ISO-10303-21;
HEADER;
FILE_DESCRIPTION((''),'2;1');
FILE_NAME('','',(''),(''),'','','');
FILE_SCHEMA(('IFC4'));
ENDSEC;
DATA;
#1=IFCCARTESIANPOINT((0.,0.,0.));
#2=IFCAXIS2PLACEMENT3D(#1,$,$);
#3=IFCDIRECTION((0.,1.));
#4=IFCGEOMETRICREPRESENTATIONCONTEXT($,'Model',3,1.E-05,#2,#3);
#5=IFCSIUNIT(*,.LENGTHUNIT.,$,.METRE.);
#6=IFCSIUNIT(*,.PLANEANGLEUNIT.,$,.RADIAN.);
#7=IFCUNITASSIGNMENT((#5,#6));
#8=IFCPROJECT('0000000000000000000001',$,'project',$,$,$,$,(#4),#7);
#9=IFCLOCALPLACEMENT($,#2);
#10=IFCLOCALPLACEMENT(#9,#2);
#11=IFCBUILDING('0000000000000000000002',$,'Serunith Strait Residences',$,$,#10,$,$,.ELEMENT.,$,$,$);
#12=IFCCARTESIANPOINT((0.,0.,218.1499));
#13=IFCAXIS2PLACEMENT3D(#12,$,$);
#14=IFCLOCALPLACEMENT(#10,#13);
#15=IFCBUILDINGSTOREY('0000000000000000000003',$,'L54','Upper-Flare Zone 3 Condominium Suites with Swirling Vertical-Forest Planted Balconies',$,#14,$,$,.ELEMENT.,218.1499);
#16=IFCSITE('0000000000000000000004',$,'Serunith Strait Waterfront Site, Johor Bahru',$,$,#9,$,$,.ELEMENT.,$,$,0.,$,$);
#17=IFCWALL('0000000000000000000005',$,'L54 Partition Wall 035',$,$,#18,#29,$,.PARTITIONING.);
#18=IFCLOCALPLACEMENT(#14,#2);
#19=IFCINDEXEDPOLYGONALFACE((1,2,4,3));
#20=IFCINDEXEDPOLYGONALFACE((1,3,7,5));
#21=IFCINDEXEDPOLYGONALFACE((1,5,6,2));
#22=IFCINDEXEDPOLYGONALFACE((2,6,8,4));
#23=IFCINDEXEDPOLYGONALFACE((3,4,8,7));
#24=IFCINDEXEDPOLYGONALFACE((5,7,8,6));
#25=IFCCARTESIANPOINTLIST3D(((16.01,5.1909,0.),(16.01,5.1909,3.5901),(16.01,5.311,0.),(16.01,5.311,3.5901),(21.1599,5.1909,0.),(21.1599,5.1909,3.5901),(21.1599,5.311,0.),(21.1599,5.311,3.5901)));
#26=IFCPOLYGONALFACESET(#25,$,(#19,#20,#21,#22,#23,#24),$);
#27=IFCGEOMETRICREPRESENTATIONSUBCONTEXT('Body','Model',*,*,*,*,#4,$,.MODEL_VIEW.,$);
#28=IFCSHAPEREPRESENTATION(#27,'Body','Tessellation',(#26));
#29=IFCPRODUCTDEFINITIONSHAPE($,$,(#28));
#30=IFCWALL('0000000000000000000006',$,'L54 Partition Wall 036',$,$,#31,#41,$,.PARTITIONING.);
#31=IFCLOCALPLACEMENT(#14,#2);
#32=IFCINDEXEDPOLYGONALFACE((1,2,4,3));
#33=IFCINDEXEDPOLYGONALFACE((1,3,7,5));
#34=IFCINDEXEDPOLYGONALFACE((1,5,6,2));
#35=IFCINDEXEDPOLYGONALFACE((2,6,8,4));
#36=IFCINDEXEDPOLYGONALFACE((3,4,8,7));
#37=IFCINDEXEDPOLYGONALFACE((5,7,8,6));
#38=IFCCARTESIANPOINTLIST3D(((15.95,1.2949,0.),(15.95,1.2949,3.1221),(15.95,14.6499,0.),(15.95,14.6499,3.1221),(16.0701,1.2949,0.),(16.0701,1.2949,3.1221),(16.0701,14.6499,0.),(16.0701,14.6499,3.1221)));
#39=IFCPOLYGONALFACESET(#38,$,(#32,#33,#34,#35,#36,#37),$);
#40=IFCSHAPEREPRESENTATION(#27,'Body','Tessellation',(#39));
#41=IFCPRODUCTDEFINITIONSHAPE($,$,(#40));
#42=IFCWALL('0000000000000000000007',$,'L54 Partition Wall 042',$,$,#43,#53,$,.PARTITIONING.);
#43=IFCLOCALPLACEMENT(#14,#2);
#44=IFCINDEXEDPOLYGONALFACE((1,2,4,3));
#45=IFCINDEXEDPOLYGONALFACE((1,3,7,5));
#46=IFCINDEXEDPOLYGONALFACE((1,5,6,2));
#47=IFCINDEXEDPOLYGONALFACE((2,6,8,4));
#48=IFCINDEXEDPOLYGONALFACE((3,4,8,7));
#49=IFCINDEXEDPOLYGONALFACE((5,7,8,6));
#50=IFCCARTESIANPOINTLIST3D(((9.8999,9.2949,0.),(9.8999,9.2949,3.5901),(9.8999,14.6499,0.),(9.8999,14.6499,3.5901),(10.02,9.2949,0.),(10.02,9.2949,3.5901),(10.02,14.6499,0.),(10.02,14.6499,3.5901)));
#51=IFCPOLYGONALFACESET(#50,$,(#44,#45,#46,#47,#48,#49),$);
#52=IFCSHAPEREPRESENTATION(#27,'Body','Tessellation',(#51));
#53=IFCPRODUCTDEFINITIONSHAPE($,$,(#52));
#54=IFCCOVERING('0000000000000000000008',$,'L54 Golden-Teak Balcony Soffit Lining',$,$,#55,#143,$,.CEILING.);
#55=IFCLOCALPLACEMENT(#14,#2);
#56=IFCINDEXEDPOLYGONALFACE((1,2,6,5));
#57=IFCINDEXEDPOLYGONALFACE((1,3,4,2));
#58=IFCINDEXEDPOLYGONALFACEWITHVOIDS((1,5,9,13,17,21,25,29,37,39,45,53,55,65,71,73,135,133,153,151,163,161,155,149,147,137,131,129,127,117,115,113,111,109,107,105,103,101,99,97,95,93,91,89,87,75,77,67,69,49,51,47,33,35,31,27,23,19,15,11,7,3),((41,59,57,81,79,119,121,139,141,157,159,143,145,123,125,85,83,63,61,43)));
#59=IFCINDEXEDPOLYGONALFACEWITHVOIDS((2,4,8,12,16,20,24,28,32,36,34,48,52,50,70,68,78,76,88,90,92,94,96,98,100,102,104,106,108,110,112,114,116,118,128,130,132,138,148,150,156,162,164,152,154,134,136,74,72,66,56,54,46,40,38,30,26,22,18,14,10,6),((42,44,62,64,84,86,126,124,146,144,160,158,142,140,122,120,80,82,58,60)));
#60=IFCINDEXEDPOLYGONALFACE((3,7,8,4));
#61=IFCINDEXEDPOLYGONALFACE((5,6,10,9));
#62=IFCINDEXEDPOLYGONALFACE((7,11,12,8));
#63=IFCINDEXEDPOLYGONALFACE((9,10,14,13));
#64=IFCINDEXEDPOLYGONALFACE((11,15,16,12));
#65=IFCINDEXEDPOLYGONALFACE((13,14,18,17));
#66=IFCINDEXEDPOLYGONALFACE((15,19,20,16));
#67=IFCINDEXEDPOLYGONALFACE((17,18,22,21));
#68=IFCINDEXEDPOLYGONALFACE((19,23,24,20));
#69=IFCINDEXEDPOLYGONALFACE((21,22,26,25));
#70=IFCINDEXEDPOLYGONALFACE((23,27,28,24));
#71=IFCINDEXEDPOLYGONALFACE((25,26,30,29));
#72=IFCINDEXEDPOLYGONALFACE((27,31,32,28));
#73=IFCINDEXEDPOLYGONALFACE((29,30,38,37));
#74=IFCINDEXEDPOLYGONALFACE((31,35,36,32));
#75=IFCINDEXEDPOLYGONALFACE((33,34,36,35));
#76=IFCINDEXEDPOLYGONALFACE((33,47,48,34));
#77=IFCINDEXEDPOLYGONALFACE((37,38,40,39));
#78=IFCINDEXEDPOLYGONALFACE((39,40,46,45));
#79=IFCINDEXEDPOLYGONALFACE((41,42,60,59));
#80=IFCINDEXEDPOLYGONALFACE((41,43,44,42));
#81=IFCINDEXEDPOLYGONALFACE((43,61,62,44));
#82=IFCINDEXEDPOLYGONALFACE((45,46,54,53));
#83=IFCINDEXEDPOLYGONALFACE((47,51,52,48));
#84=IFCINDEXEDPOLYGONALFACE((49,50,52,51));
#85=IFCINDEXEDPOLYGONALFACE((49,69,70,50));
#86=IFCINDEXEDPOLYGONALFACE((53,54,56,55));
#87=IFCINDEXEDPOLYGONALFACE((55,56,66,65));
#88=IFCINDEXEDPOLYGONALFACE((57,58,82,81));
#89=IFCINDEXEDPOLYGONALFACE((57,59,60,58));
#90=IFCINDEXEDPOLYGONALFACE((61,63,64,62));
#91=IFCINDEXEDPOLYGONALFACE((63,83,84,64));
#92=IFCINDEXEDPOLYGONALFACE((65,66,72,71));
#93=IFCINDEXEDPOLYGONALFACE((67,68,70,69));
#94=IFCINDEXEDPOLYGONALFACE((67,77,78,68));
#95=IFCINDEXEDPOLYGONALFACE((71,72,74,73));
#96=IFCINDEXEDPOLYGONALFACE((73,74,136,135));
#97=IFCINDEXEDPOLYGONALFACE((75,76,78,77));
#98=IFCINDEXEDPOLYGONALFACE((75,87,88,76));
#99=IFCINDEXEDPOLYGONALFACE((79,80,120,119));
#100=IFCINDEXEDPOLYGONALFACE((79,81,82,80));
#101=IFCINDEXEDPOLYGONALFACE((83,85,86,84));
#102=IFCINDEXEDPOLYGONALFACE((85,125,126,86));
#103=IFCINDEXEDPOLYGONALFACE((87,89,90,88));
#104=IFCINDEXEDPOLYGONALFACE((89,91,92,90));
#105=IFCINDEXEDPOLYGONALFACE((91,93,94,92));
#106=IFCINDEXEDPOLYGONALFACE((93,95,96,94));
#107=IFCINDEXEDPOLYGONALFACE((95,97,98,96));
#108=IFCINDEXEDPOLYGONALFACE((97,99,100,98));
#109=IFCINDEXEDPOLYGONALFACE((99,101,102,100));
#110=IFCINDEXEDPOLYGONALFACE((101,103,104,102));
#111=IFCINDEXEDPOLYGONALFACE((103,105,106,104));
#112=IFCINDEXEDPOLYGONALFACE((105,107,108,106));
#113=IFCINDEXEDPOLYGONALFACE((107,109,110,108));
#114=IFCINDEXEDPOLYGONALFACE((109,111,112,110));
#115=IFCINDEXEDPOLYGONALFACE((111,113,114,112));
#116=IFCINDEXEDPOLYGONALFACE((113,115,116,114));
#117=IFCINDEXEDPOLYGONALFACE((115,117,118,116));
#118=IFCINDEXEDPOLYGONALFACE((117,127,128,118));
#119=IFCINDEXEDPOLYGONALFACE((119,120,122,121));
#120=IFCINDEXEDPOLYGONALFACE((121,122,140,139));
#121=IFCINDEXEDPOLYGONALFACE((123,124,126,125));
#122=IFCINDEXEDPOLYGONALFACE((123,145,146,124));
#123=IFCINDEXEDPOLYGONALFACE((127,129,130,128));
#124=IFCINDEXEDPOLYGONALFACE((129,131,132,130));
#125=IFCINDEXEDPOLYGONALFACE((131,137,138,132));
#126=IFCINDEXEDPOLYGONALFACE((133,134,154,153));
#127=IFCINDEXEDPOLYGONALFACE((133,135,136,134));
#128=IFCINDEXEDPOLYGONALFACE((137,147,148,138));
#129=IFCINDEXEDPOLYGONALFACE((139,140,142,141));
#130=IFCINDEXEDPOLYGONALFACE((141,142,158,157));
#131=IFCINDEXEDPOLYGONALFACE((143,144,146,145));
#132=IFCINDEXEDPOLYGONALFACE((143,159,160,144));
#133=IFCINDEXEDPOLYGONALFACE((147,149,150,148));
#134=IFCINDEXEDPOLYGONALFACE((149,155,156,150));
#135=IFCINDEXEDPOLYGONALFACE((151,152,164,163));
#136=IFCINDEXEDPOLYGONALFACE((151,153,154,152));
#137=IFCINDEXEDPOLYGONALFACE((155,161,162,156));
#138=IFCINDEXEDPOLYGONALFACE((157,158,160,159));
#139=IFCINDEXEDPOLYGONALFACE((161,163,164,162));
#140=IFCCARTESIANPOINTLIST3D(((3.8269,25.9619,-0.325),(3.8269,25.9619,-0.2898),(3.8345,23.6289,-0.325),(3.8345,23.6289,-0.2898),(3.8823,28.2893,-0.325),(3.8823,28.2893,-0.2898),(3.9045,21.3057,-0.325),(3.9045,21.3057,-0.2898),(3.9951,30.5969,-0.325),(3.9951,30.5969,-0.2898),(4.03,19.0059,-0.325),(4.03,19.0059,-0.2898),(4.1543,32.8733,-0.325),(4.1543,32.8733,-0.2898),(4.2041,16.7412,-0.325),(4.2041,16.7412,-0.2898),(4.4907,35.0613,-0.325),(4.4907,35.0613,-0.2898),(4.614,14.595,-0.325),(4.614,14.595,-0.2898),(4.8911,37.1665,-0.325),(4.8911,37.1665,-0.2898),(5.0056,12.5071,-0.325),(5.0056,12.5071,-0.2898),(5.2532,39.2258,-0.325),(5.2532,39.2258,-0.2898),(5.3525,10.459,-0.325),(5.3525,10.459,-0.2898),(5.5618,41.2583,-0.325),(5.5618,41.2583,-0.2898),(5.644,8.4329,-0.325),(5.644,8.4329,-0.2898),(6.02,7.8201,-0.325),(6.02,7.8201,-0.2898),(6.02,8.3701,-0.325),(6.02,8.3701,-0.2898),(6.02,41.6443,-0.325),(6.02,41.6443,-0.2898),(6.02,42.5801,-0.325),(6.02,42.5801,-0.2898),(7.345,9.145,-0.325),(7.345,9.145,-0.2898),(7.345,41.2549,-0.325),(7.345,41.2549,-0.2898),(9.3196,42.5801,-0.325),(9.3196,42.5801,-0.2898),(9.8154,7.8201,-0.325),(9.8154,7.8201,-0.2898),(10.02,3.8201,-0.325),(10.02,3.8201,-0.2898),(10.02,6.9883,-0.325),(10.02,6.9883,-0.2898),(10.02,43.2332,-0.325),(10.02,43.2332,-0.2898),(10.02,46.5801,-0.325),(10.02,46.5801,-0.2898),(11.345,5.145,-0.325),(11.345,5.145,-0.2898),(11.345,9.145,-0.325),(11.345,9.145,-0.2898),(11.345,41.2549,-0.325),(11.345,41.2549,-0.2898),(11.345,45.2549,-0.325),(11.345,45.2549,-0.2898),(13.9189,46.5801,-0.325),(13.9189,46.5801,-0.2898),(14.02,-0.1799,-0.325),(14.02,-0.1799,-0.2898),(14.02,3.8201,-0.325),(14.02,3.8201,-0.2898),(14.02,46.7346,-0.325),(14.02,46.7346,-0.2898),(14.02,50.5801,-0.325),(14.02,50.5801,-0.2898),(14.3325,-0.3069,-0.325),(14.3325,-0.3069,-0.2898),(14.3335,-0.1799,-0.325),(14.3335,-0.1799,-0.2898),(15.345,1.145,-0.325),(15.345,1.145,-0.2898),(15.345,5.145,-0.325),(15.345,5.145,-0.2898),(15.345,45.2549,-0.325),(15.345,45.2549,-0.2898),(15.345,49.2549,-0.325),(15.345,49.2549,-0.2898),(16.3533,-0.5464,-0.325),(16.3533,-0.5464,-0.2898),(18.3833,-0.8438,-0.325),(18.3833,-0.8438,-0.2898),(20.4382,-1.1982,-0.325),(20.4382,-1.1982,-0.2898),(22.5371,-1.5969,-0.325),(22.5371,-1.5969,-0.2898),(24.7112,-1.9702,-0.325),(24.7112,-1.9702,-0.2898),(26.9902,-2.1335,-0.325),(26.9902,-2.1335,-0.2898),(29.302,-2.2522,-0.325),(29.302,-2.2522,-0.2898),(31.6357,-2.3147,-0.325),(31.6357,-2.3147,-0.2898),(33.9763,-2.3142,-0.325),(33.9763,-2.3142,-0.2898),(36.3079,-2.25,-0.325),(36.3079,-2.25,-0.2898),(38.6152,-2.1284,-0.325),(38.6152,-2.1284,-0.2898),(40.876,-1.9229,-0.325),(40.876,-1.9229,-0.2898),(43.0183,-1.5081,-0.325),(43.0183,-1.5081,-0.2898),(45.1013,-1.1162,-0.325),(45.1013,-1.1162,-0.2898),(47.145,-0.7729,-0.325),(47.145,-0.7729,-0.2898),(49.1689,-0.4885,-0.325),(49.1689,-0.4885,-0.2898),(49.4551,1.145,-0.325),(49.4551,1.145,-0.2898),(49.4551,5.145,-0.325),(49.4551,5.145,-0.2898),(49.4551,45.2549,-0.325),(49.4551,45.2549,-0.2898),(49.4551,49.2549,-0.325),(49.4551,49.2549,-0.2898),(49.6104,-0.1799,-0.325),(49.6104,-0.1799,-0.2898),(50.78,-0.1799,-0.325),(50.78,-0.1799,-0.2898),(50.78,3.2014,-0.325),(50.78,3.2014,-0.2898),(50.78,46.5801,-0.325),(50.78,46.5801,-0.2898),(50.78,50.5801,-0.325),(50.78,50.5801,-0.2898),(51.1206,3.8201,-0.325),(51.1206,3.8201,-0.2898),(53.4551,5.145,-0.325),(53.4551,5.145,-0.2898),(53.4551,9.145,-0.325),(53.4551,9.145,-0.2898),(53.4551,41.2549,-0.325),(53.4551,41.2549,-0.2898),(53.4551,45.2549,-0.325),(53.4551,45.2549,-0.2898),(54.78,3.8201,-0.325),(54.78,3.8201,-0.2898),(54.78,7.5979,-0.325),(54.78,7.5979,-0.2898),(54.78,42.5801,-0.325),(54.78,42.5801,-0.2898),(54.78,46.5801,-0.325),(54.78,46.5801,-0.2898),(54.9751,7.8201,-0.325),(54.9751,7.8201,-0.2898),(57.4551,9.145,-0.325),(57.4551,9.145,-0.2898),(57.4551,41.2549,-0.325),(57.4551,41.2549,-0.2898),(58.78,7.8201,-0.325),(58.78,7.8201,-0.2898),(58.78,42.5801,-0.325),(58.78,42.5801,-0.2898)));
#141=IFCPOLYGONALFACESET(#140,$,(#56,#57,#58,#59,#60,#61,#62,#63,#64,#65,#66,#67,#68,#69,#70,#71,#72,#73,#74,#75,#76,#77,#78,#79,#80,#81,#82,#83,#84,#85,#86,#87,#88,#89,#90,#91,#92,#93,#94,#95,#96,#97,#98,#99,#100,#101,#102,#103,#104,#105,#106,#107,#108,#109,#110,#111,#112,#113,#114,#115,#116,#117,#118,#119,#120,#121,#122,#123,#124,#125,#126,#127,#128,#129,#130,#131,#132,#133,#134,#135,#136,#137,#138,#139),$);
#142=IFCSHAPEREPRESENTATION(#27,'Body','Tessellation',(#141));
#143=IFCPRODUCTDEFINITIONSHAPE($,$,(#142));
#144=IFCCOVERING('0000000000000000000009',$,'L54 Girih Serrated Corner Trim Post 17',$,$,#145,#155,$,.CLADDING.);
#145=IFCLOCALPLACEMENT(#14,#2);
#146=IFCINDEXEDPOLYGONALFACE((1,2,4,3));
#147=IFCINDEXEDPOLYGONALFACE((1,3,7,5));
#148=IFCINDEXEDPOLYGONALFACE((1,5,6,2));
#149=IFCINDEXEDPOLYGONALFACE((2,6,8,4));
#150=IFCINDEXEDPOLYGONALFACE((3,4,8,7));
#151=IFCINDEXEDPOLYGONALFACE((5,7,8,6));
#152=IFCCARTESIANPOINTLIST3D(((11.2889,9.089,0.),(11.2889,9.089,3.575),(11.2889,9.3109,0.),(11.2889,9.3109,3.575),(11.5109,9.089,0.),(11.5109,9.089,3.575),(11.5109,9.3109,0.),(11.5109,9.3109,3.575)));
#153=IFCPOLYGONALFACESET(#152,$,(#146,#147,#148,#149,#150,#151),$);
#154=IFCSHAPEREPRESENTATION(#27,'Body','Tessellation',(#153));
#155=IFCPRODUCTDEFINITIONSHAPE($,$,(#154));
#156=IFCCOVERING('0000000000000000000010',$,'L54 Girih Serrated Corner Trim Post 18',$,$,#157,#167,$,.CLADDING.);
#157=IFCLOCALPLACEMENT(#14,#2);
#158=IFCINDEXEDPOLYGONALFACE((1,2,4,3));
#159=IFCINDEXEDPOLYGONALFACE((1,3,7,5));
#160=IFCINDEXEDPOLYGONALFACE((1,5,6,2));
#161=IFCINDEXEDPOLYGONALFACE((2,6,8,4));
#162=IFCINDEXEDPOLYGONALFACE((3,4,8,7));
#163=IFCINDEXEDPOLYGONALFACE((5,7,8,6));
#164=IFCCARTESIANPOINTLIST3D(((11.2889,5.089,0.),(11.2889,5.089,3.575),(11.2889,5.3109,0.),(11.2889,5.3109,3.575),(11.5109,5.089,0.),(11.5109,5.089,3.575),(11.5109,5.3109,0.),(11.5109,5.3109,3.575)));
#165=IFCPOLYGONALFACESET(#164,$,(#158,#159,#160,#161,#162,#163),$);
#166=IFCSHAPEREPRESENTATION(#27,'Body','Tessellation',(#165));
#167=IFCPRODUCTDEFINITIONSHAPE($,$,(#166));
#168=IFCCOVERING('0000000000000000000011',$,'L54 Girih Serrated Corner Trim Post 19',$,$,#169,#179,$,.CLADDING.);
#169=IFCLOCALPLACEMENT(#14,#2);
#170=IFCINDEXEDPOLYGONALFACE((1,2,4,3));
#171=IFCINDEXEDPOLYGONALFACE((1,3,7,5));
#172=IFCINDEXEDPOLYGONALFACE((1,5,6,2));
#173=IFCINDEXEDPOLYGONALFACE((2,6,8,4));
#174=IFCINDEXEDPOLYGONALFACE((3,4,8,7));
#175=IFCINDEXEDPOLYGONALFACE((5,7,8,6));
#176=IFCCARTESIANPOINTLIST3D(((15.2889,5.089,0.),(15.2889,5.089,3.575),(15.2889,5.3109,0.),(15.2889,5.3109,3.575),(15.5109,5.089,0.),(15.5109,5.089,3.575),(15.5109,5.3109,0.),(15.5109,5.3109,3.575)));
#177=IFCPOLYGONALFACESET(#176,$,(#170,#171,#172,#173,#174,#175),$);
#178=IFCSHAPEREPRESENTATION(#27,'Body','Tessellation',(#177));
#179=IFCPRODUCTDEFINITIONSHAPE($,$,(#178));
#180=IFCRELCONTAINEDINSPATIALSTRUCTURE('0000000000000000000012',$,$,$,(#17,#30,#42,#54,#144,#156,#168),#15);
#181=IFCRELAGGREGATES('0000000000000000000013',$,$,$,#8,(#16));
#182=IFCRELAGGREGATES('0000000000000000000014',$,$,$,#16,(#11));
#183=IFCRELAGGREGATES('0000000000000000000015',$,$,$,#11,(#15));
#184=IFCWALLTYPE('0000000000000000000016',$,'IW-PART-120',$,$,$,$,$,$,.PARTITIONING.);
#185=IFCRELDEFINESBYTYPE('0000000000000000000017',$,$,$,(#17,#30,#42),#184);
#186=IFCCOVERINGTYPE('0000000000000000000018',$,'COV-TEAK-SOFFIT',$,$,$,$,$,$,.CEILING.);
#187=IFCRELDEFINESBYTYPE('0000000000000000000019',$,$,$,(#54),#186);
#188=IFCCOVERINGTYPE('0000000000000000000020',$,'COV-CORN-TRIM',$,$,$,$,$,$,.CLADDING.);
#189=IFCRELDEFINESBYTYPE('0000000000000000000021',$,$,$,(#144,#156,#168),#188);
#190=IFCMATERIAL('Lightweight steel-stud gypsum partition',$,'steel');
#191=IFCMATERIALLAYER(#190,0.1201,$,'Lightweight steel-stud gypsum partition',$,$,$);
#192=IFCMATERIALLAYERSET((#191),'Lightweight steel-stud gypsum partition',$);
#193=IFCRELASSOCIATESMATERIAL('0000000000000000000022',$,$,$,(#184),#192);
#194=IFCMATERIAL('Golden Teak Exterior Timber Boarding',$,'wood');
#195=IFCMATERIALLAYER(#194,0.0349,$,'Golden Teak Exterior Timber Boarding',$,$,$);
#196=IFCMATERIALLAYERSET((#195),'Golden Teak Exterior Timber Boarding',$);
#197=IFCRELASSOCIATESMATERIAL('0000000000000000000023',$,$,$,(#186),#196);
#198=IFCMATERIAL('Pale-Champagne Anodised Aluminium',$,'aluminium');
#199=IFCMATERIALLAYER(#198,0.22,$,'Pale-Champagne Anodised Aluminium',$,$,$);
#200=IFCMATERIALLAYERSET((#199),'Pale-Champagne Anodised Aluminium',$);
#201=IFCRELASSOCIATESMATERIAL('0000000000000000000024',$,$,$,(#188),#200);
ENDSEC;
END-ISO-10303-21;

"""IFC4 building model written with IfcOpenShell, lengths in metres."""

from ifc_helpers import new_model, si_unit, direction, frame, frame_2d, origin, origin_2d, place, context, subcontext, project, spatial, polyline, rectangle, outline, extrude, source, transform, mapped, material, layer, layer_set, type_object, element, save


model = new_model("IFC4")

# Units and contexts
model_context = context("Model", 3, precision=1e-05, world=origin(), true_north=direction((0.0, 1.0)))
body_context = subcontext(model_context, "Body", "Model", "MODEL_VIEW")
ifc_project = project(units=[si_unit("LENGTHUNIT", "METRE"), si_unit("PLANEANGLEUNIT", "RADIAN")], contexts=[model_context])

# Site, building, storey
site_placement = place(None, origin())
site = spatial("IfcSite", under=ifc_project, at=site_placement, Name="Serunith Strait Waterfront Site, Johor Bahru", CompositionType="ELEMENT", RefElevation=0.0)
building_placement = place(site_placement, origin())
building = spatial("IfcBuilding", under=site, at=building_placement, Name="Serunith Strait Residences", CompositionType="ELEMENT")
storey_placement = place(building_placement, frame((0.0, 0.0, 218.1499)))
storey = spatial("IfcBuildingStorey", under=building, at=storey_placement, Name="L54", Description="Upper-Flare Zone 3 Condominium Suites with Swirling Vertical-Forest Planted Balconies", CompositionType="ELEMENT", Elevation=218.1499)

# Shared definitions
ifc_material_1 = material(Name="Pale-Champagne Anodised Aluminium", Category="aluminium")

# Walls
ifc_material_2 = material(Name="Lightweight steel-stud gypsum partition", Category="steel")
ifc_layer_1 = layer(ifc_material_2, 0.1201, Name="Lightweight steel-stud gypsum partition")
ifc_layer_set_1 = layer_set([ifc_layer_1], Name="Lightweight steel-stud gypsum partition")
wall_type_1 = type_object("IfcWallType", Name="IW-PART-120", PredefinedType="PARTITIONING", material=ifc_layer_set_1)
wall_1_placement = place(storey_placement, frame((16.01, 5.251, 0.0), z_axis=(0.0, 0.0, 1.0), x_axis=(1.0, 0.0, 0.0)))
element("IfcWall", 1, at=wall_1_placement, inside=storey, type_object=wall_type_1, Name="L54 Partition Wall 035", PredefinedType="PARTITIONING", context=body_context, shape_type="SweptSolid", body=[
    extrude(rectangle(XDim=5.1499, YDim=0.1201, at=frame_2d((2.575, 0.0))), origin(), (0.0, 0.0, 1.0), 3.5901),
])
wall_2_placement = place(storey_placement, frame((16.01, 1.2949, 0.0), z_axis=(0.0, 0.0, 1.0), x_axis=(0.0, 1.0, 0.0)))
element("IfcWall", 2, at=wall_2_placement, inside=storey, type_object=wall_type_1, Name="L54 Partition Wall 036", PredefinedType="PARTITIONING", context=body_context, shape_type="SweptSolid", body=[
    extrude(rectangle(XDim=13.355, YDim=0.1201, at=frame_2d((6.6775, 0.0))), origin(), (0.0, 0.0, 1.0), 3.1221),
])
wall_3_placement = place(storey_placement, frame((9.96, 9.2949, 0.0), z_axis=(0.0, 0.0, 1.0), x_axis=(0.0, 1.0, 0.0)))
element("IfcWall", 3, at=wall_3_placement, inside=storey, type_object=wall_type_1, Name="L54 Partition Wall 042", PredefinedType="PARTITIONING", context=body_context, shape_type="SweptSolid", body=[
    extrude(rectangle(XDim=5.355, YDim=0.1201, at=frame_2d((2.6775, 0.0))), origin(), (0.0, 0.0, 1.0), 3.5901),
])

# Covering
ifc_material_3 = material(Name="Golden Teak Exterior Timber Boarding", Category="wood")
ifc_layer_2 = layer(ifc_material_3, 0.0349, Name="Golden Teak Exterior Timber Boarding")
ifc_layer_set_2 = layer_set([ifc_layer_2], Name="Golden Teak Exterior Timber Boarding")
covering_type_1 = type_object("IfcCoveringType", Name="COV-TEAK-SOFFIT", PredefinedType="CEILING", material=ifc_layer_set_2)
covering_placement = place(storey_placement, frame((0.0, 0.0, -0.325)))
element("IfcCovering", 4, at=covering_placement, inside=storey, type_object=covering_type_1, Name="L54 Golden-Teak Balcony Soffit Lining", PredefinedType="CEILING", context=body_context, shape_type="SweptSolid", body=[
    extrude(outline(polyline([(14.02, -0.1799), (14.02, 3.8201), (10.02, 3.8201), (10.02, 6.9883), (9.8154, 7.8201), (6.02, 7.8201), (6.02, 8.3701), (5.644, 8.4329), (5.3525, 10.459), (5.0056, 12.5071), (4.614, 14.595), (4.2041, 16.7412), (4.03, 19.0059), (3.9045, 21.3057), (3.8345, 23.6289), (3.8269, 25.9619), (3.8823, 28.2893), (3.9951, 30.5969), (4.1543, 32.8733), (4.4907, 35.0613), (4.8911, 37.1665), (5.2532, 39.2258), (5.5618, 41.2583), (6.02, 41.6443), (6.02, 42.5801), (9.3196, 42.5801), (10.02, 43.2332), (10.02, 46.5801), (13.9189, 46.5801), (14.02, 46.7346), (14.02, 50.5801), (50.78, 50.5801), (50.78, 46.5801), (54.78, 46.5801), (54.78, 42.5801), (58.78, 42.5801), (58.78, 7.8201), (54.9751, 7.8201), (54.78, 7.5979), (54.78, 3.8201), (51.1206, 3.8201), (50.78, 3.2014), (50.78, -0.1799), (49.6104, -0.1799), (49.1689, -0.4885), (47.145, -0.7729), (45.1013, -1.1162), (43.0183, -1.5081), (40.876, -1.9229), (38.6152, -2.1284), (36.3079, -2.25), (33.9763, -2.3142), (31.6357, -2.3147), (29.302, -2.2522), (26.9902, -2.1335), (24.7112, -1.9702), (22.5371, -1.5969), (20.4382, -1.1982), (18.3833, -0.8438), (16.3533, -0.5464), (14.3325, -0.3069), (14.3335, -0.1799), (14.02, -0.1799)]), holes=[polyline([(49.4551, 1.145), (49.4551, 5.145), (53.4551, 5.145), (53.4551, 9.145), (57.4551, 9.145), (57.4551, 41.2549), (53.4551, 41.2549), (53.4551, 45.2549), (49.4551, 45.2549), (49.4551, 49.2549), (15.345, 49.2549), (15.345, 45.2549), (11.345, 45.2549), (11.345, 41.2549), (7.345, 41.2549), (7.345, 9.145), (11.345, 9.145), (11.345, 5.145), (15.345, 5.145), (15.345, 1.145), (49.4551, 1.145)])]), origin(), (0.0, 0.0, 1.0), 0.0352),
])

# Coverings
ifc_layer_3 = layer(ifc_material_1, 0.22, Name="Pale-Champagne Anodised Aluminium")
ifc_layer_set_3 = layer_set([ifc_layer_3], Name="Pale-Champagne Anodised Aluminium")
covering_type_2 = type_object("IfcCoveringType", Name="COV-CORN-TRIM", PredefinedType="CLADDING", material=ifc_layer_set_3)
shared_shape_1 = source(origin(), body_context, "Body", "SweptSolid", [
    extrude(rectangle(XDim=0.2219, YDim=0.2219, at=origin_2d()), origin(), (0.0, 0.0, 1.0), 3.575),
])
for number, where, z_axis, x_axis, name in (
    (5, (11.3999, 9.2, 0.0), (0.0, 0.0, 1.0), (1.0, 0.0, 0.0), "L54 Girih Serrated Corner Trim Post 17"),
    (6, (11.3999, 5.2, 0.0), (0.0, 0.0, 1.0), (1.0, 0.0, 0.0), "L54 Girih Serrated Corner Trim Post 18"),
    (7, (15.3999, 5.2, 0.0), (0.0, 0.0, 1.0), (1.0, 0.0, 0.0), "L54 Girih Serrated Corner Trim Post 19"),
):
    element("IfcCovering", number, at=place(storey_placement, frame(where, z_axis=z_axis, x_axis=x_axis)), inside=storey, type_object=covering_type_2, Name=name, PredefinedType="CLADDING", context=body_context, shape_type="MappedRepresentation", body=[
        mapped(shared_shape_1, transform((0.0, 0.0, 0.0), scale=1.0)),
    ])

save(model, "model.ifc")
